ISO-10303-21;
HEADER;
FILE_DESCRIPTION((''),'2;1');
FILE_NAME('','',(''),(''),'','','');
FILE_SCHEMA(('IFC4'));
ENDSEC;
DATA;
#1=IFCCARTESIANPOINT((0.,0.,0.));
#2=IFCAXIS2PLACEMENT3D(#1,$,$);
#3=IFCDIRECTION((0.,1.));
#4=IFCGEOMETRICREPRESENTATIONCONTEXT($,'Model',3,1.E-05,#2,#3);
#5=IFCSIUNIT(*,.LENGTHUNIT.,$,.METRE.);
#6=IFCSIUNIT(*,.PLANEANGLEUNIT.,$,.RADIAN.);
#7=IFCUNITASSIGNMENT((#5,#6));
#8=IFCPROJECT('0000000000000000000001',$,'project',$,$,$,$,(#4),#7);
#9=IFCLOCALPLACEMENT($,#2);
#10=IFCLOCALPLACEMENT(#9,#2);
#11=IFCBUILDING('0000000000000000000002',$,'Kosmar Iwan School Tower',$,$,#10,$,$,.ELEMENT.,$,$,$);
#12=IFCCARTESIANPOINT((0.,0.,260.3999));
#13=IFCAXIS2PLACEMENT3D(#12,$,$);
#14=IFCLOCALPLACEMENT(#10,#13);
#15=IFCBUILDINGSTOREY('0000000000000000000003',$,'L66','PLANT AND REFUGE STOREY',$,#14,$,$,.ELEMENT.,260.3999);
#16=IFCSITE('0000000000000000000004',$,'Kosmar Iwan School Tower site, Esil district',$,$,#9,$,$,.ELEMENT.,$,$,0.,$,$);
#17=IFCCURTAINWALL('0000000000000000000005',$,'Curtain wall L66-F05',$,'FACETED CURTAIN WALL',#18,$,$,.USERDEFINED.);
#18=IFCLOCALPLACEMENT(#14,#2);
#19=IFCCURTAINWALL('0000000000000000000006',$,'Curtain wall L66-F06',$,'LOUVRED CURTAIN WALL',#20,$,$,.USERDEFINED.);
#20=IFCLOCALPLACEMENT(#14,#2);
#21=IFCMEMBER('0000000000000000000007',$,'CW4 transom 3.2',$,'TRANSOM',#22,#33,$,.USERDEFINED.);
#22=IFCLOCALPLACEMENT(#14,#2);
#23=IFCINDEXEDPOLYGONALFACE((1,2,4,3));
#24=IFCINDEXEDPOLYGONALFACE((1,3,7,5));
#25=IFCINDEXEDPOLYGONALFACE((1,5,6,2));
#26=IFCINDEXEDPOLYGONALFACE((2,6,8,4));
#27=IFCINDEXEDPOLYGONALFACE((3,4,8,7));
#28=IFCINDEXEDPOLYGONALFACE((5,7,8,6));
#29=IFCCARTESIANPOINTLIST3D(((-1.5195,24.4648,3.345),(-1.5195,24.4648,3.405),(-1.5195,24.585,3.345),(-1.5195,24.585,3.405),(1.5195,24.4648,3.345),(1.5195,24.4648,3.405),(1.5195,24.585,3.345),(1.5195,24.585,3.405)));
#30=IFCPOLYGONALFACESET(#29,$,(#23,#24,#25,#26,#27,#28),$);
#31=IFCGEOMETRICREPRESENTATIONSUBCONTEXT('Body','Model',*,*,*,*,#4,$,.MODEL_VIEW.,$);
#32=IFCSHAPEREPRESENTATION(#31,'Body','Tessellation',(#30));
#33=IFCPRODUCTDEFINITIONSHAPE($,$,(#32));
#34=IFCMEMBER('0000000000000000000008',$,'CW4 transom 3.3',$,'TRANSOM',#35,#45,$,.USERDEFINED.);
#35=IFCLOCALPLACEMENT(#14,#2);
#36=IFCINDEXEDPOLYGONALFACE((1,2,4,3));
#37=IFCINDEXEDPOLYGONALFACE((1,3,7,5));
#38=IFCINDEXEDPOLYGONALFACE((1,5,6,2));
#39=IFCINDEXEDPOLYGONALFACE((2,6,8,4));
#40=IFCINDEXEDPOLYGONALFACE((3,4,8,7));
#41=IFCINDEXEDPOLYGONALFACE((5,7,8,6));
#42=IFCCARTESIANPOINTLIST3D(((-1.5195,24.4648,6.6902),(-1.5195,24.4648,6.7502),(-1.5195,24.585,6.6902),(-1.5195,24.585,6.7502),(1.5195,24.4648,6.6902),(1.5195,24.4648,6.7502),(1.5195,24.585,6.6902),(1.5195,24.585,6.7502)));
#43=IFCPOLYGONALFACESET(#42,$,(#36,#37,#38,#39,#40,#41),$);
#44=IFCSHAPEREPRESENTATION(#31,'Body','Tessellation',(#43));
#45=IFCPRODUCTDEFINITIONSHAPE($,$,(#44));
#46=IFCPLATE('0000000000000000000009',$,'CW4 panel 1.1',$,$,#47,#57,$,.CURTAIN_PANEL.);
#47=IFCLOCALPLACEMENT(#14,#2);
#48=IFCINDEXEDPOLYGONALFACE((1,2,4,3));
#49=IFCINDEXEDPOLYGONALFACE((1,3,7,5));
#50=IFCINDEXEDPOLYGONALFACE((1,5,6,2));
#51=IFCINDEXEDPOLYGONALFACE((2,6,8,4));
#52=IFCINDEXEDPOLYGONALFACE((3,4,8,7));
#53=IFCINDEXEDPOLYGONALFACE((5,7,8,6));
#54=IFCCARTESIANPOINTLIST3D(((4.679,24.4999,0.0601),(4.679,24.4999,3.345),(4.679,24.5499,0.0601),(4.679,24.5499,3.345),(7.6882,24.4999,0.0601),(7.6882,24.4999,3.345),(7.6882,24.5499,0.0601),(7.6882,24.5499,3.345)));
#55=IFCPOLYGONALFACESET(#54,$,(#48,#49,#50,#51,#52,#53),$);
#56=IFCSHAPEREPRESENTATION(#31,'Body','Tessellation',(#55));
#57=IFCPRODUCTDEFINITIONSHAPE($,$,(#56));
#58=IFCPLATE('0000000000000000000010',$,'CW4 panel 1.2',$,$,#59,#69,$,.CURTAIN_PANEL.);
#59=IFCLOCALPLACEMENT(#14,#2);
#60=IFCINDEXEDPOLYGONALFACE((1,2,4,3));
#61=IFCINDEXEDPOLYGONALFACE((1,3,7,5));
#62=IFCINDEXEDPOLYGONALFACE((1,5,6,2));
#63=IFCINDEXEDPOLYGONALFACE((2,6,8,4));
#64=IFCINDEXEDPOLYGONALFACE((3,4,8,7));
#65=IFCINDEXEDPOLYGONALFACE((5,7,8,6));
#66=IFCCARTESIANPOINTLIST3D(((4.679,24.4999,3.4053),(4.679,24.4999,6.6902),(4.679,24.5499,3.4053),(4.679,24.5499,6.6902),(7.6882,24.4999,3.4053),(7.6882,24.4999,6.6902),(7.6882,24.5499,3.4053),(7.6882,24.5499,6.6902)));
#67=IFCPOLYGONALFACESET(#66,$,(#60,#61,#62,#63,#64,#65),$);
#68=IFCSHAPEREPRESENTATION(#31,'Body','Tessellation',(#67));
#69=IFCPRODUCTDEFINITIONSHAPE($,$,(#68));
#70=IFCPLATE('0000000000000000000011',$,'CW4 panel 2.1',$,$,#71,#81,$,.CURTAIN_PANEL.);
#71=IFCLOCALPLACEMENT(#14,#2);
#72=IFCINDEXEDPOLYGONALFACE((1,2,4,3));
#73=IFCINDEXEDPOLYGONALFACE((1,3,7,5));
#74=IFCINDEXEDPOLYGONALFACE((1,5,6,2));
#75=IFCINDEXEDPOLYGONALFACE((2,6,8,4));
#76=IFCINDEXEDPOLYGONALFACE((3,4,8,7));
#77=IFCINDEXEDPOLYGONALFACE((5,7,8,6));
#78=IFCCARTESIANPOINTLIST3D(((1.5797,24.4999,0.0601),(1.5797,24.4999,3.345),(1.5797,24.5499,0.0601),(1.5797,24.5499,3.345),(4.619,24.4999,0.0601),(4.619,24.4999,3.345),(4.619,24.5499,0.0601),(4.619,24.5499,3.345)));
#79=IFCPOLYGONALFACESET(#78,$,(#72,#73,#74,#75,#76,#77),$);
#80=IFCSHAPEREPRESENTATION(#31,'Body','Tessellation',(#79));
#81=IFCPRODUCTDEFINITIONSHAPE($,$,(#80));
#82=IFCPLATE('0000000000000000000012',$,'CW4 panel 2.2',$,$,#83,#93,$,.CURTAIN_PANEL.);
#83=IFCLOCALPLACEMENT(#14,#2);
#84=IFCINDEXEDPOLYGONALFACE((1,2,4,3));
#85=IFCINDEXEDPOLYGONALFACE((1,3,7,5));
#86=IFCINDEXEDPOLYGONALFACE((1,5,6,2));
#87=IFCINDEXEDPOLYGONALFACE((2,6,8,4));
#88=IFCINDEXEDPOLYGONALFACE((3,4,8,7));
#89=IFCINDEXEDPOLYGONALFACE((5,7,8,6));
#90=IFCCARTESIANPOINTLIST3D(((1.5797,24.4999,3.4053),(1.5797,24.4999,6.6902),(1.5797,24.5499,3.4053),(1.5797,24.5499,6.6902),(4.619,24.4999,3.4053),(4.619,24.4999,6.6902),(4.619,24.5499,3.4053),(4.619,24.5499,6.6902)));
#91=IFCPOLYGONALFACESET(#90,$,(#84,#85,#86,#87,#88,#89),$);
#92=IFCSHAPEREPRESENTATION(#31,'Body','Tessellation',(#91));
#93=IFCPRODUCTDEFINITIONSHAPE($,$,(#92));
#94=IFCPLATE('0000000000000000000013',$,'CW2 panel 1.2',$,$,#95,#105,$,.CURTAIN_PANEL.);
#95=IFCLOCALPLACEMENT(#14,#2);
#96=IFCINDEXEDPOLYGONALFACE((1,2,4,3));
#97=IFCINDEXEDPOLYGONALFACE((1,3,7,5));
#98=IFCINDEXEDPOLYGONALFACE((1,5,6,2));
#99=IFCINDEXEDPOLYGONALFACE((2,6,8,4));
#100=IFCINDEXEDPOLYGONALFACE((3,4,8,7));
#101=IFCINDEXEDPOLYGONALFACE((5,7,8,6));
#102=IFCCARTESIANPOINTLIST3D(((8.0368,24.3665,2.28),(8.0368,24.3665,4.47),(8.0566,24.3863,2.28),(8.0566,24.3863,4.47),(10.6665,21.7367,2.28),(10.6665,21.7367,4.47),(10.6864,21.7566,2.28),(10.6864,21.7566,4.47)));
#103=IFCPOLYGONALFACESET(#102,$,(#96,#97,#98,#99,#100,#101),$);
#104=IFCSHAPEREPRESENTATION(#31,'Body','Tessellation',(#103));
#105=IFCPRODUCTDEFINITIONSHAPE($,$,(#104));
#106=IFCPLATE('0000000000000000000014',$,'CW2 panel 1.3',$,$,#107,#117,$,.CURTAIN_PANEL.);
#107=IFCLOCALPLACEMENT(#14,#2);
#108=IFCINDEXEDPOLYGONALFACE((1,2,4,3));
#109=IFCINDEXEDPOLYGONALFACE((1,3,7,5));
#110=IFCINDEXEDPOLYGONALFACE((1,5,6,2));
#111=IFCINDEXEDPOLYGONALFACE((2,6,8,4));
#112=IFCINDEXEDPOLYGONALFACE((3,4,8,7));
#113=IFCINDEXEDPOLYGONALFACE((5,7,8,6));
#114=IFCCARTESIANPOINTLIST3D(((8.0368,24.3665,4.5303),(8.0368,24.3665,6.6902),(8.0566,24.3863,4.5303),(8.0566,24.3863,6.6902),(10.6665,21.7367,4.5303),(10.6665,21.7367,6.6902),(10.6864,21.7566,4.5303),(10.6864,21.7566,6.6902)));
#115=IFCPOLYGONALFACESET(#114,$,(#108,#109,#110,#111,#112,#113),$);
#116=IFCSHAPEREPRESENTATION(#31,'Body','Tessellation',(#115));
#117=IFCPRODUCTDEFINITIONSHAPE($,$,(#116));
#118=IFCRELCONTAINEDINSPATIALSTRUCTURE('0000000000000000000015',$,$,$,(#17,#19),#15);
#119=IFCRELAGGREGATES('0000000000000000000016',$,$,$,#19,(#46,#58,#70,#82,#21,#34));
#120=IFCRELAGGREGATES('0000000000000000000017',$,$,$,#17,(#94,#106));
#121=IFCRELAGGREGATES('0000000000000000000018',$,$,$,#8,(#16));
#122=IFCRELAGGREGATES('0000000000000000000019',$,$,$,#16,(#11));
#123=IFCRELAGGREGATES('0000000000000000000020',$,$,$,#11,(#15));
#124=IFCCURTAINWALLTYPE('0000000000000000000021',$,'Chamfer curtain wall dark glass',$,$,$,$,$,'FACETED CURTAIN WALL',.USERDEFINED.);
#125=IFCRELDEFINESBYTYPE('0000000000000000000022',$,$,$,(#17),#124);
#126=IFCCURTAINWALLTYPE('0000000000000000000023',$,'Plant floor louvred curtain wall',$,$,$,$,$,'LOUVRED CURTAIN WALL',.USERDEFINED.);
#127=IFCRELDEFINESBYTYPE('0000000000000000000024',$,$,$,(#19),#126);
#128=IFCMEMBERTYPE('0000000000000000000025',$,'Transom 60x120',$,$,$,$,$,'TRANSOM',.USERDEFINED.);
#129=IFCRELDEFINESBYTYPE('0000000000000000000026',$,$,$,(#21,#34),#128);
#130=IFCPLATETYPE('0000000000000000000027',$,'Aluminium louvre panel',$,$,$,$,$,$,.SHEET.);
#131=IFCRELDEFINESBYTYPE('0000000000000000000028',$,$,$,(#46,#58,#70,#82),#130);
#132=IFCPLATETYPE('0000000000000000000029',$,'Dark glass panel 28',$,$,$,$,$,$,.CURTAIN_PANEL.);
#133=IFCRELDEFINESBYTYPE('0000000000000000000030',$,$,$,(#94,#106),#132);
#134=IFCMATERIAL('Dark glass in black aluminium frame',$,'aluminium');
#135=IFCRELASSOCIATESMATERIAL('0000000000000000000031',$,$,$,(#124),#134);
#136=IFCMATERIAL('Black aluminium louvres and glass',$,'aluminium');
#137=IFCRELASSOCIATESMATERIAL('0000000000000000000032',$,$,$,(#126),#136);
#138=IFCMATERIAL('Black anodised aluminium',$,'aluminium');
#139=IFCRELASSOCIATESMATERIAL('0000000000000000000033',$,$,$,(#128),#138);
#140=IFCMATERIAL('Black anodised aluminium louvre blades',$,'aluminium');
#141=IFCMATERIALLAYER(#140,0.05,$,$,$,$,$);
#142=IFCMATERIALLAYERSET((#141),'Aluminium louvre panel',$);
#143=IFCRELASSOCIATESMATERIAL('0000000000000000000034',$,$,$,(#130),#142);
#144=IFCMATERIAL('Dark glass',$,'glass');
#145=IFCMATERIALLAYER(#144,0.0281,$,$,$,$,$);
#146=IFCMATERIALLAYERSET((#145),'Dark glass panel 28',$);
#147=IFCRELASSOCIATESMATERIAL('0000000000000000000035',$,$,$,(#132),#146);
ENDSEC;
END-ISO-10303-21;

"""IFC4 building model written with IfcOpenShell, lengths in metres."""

from ifc_helpers import new_model, si_unit, direction, frame, origin, origin_2d, place, context, subcontext, project, spatial, rectangle, extrude, material, layer, layer_set, material_profile, profile_set, type_object, element, aggregate, save


model = new_model("IFC4")

# Units and contexts
model_context = context("Model", 3, precision=1e-05, world=origin(), true_north=direction((0.0, 1.0)))
body_context = subcontext(model_context, "Body", "Model", "MODEL_VIEW")
ifc_project = project(units=[si_unit("LENGTHUNIT", "METRE"), si_unit("PLANEANGLEUNIT", "RADIAN")], contexts=[model_context])

# Site, building, storey
site_placement = place(None, origin())
site = spatial("IfcSite", under=ifc_project, at=site_placement, Name="Kosmar Iwan School Tower site, Esil district", CompositionType="ELEMENT", RefElevation=0.0)
building_placement = place(site_placement, origin())
building = spatial("IfcBuilding", under=site, at=building_placement, Name="Kosmar Iwan School Tower", CompositionType="ELEMENT")
storey_placement = place(building_placement, frame((0.0, 0.0, 260.3999)))
storey = spatial("IfcBuildingStorey", under=building, at=storey_placement, Name="L66", Description="PLANT AND REFUGE STOREY", CompositionType="ELEMENT", Elevation=260.3999)

# Curtain wall
ifc_material_1 = material(Name="Dark glass in black aluminium frame", Category="aluminium")
curtain_wall_type_1 = type_object("IfcCurtainWallType", Name="Chamfer curtain wall dark glass", ElementType="FACETED CURTAIN WALL", PredefinedType="USERDEFINED", material=ifc_material_1)
curtain_wall_1_placement = place(storey_placement, origin())
curtain_wall_1 = element("IfcCurtainWall", 1, at=curtain_wall_1_placement, inside=storey, type_object=curtain_wall_type_1, Name="Curtain wall L66-F05", ObjectType="FACETED CURTAIN WALL", PredefinedType="USERDEFINED")

# Curtain wall
ifc_material_2 = material(Name="Black aluminium louvres and glass", Category="aluminium")
curtain_wall_type_2 = type_object("IfcCurtainWallType", Name="Plant floor louvred curtain wall", ElementType="LOUVRED CURTAIN WALL", PredefinedType="USERDEFINED", material=ifc_material_2)
curtain_wall_2_placement = place(storey_placement, origin())
curtain_wall_2 = element("IfcCurtainWall", 2, at=curtain_wall_2_placement, inside=storey, type_object=curtain_wall_type_2, Name="Curtain wall L66-F06", ObjectType="LOUVRED CURTAIN WALL", PredefinedType="USERDEFINED")

# Members
ifc_material_3 = material(Name="Black anodised aluminium", Category="aluminium")
ifc_material_profile_1 = material_profile(ifc_material_3, rectangle(XDim=0.1201, YDim=0.0601, at=origin_2d()), Name="TRANSOM 60x120")
ifc_profile_set_1 = profile_set([ifc_material_profile_1], Name="Black anodised aluminium")
member_type_1 = type_object("IfcMemberType", Name="Transom 60x120", ElementType="TRANSOM", PredefinedType="USERDEFINED", material=ifc_profile_set_1)
member_1_placement = place(storey_placement, frame((1.5195, 24.5249, 3.375), z_axis=(-1.0, 0.0, 0.0), x_axis=(0.0, -1.0, 0.0)))
member_1 = element("IfcMember", 3, at=member_1_placement, type_object=member_type_1, Name="CW4 transom 3.2", ObjectType="TRANSOM", PredefinedType="USERDEFINED", context=body_context, shape_type="SweptSolid", body=[
    extrude(rectangle(XDim=0.1201, YDim=0.0601, at=origin_2d()), origin(), (0.0, 0.0, 1.0), 3.0391),
])
member_2_placement = place(storey_placement, frame((1.5195, 24.5249, 6.7202), z_axis=(-1.0, 0.0, 0.0), x_axis=(0.0, -1.0, 0.0)))
member_2 = element("IfcMember", 4, at=member_2_placement, type_object=member_type_1, Name="CW4 transom 3.3", ObjectType="TRANSOM", PredefinedType="USERDEFINED", context=body_context, shape_type="SweptSolid", body=[
    extrude(rectangle(XDim=0.1201, YDim=0.0601, at=origin_2d()), origin(), (0.0, 0.0, 1.0), 3.0391),
])

# Plates
ifc_material_4 = material(Name="Black anodised aluminium louvre blades", Category="aluminium")
ifc_layer_1 = layer(ifc_material_4, 0.05)
ifc_layer_set_1 = layer_set([ifc_layer_1], Name="Aluminium louvre panel")
plate_type_1 = type_object("IfcPlateType", Name="Aluminium louvre panel", PredefinedType="SHEET", material=ifc_layer_set_1)
plate_1_placement = place(storey_placement, frame((6.1836, 24.5249, 0.0601), z_axis=(0.0, 0.0, 1.0), x_axis=(-1.0, 0.0, 0.0)))
plate_1 = element("IfcPlate", 5, at=plate_1_placement, type_object=plate_type_1, Name="CW4 panel 1.1", PredefinedType="CURTAIN_PANEL", context=body_context, shape_type="SweptSolid", body=[
    extrude(rectangle(XDim=3.0093, YDim=0.05, at=origin_2d()), origin(), (0.0, 0.0, 1.0), 3.2849),
])
plate_2_placement = place(storey_placement, frame((6.1836, 24.5249, 3.4053), z_axis=(0.0, 0.0, 1.0), x_axis=(-1.0, 0.0, 0.0)))
plate_2 = element("IfcPlate", 6, at=plate_2_placement, type_object=plate_type_1, Name="CW4 panel 1.2", PredefinedType="CURTAIN_PANEL", context=body_context, shape_type="SweptSolid", body=[
    extrude(rectangle(XDim=3.0093, YDim=0.05, at=origin_2d()), origin(), (0.0, 0.0, 1.0), 3.2849),
])
plate_3_placement = place(storey_placement, frame((3.0994, 24.5249, 0.0601), z_axis=(0.0, 0.0, 1.0), x_axis=(-1.0, 0.0, 0.0)))
plate_3 = element("IfcPlate", 7, at=plate_3_placement, type_object=plate_type_1, Name="CW4 panel 2.1", PredefinedType="CURTAIN_PANEL", context=body_context, shape_type="SweptSolid", body=[
    extrude(rectangle(XDim=3.0393, YDim=0.05, at=origin_2d()), origin(), (0.0, 0.0, 1.0), 3.2849),
])
plate_4_placement = place(storey_placement, frame((3.0994, 24.5249, 3.4053), z_axis=(0.0, 0.0, 1.0), x_axis=(-1.0, 0.0, 0.0)))
plate_4 = element("IfcPlate", 8, at=plate_4_placement, type_object=plate_type_1, Name="CW4 panel 2.2", PredefinedType="CURTAIN_PANEL", context=body_context, shape_type="SweptSolid", body=[
    extrude(rectangle(XDim=3.0393, YDim=0.05, at=origin_2d()), origin(), (0.0, 0.0, 1.0), 3.2849),
])
aggregate(curtain_wall_2, [plate_1, plate_2, plate_3, plate_4, member_1, member_2])
ifc_material_5 = material(Name="Dark glass", Category="glass")
ifc_layer_2 = layer(ifc_material_5, 0.0281)
ifc_layer_set_2 = layer_set([ifc_layer_2], Name="Dark glass panel 28")
plate_type_2 = type_object("IfcPlateType", Name="Dark glass panel 28", PredefinedType="CURTAIN_PANEL", material=ifc_layer_set_2)
plate_5_placement = place(storey_placement, frame((9.3616, 23.0615, 2.28), z_axis=(0.0, 0.0, 1.0), x_axis=(-0.707107, 0.707107, 0.0)))
plate_5 = element("IfcPlate", 9, at=plate_5_placement, type_object=plate_type_2, Name="CW2 panel 1.2", PredefinedType="CURTAIN_PANEL", context=body_context, shape_type="SweptSolid", body=[
    extrude(rectangle(XDim=3.719, YDim=0.0281, at=origin_2d()), origin(), (0.0, 0.0, 1.0), 2.1899),
])
plate_6_placement = place(storey_placement, frame((9.3616, 23.0615, 4.5303), z_axis=(0.0, 0.0, 1.0), x_axis=(-0.707107, 0.707107, 0.0)))
plate_6 = element("IfcPlate", 10, at=plate_6_placement, type_object=plate_type_2, Name="CW2 panel 1.3", PredefinedType="CURTAIN_PANEL", context=body_context, shape_type="SweptSolid", body=[
    extrude(rectangle(XDim=3.719, YDim=0.0281, at=origin_2d()), origin(), (0.0, 0.0, 1.0), 2.1599),
])
aggregate(curtain_wall_1, [plate_5, plate_6])

save(model, "model.ifc")
